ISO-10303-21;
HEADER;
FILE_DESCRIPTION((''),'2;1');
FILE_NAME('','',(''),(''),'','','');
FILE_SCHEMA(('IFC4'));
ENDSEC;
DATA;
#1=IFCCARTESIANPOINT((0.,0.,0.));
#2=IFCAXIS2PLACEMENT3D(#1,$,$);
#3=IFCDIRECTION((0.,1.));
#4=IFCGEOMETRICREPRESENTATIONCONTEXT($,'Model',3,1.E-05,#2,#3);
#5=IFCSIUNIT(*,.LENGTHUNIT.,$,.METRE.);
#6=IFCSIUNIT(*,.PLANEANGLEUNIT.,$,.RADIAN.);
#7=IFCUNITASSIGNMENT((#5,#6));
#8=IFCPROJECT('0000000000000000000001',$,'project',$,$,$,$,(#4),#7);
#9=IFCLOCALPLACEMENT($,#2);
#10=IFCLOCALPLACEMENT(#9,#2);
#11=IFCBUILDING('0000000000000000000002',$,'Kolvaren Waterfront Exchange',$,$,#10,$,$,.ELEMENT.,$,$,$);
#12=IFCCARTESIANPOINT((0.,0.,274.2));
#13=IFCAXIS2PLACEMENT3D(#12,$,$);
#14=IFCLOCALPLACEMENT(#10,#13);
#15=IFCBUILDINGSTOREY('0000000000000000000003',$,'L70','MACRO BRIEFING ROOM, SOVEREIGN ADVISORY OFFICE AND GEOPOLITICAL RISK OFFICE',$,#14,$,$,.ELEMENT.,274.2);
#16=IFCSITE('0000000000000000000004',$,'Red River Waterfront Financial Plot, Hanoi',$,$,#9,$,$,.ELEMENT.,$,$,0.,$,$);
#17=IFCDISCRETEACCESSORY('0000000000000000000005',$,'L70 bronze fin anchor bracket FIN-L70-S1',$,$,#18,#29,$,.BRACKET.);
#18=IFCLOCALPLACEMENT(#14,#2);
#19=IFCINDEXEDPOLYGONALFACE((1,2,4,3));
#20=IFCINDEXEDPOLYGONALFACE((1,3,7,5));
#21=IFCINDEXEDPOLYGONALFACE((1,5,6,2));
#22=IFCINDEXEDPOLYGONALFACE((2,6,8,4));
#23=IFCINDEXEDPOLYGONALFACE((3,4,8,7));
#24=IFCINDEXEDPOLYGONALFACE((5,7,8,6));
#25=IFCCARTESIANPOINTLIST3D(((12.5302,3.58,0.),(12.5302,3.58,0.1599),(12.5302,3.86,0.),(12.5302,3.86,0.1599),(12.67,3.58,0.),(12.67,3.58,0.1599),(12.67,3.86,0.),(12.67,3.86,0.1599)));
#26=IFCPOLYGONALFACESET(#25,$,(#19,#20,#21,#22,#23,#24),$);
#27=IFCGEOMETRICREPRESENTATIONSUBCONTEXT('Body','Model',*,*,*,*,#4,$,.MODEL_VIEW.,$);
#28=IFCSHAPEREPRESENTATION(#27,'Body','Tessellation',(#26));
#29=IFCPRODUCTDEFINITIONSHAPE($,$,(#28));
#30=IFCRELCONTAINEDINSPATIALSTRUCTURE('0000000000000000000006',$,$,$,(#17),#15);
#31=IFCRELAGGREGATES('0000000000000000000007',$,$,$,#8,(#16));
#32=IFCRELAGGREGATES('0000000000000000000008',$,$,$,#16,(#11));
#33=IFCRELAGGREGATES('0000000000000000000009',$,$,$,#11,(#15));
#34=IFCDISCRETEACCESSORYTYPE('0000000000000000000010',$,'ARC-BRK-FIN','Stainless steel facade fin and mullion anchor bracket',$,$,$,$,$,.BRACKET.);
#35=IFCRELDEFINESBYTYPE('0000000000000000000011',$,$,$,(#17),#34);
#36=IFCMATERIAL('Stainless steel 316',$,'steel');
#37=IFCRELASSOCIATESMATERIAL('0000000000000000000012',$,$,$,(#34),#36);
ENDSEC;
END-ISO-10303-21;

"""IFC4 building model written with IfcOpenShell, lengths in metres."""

from ifc_helpers import new_model, si_unit, direction, frame, origin, origin_with_axes, origin_2d, place, context, subcontext, project, spatial, rectangle, extrude, source, transform, mapped, material, type_object, element, save


model = new_model("IFC4")

# Units and contexts
model_context = context("Model", 3, precision=1e-05, world=origin(), true_north=direction((0.0, 1.0)))
body_context = subcontext(model_context, "Body", "Model", "MODEL_VIEW")
ifc_project = project(units=[si_unit("LENGTHUNIT", "METRE"), si_unit("PLANEANGLEUNIT", "RADIAN")], contexts=[model_context])

# Site, building, storey
site_placement = place(None, origin())
site = spatial("IfcSite", under=ifc_project, at=site_placement, Name="Red River Waterfront Financial Plot, Hanoi", CompositionType="ELEMENT", RefElevation=0.0)
building_placement = place(site_placement, origin())
building = spatial("IfcBuilding", under=site, at=building_placement, Name="Kolvaren Waterfront Exchange", CompositionType="ELEMENT")
storey_placement = place(building_placement, frame((0.0, 0.0, 274.2)))
storey = spatial("IfcBuildingStorey", under=building, at=storey_placement, Name="L70", Description="MACRO BRIEFING ROOM, SOVEREIGN ADVISORY OFFICE AND GEOPOLITICAL RISK OFFICE", CompositionType="ELEMENT", Elevation=274.2)

# Discrete accessory
ifc_material_1 = material(Name="Stainless steel 316", Category="steel")
discrete_accessory_type = type_object("IfcDiscreteAccessoryType", Name="ARC-BRK-FIN", Description="Stainless steel facade fin and mullion anchor bracket", PredefinedType="BRACKET", material=ifc_material_1)
shared_shape_1 = source(origin_with_axes(), body_context, "Body", "SweptSolid", [
    extrude(rectangle(XDim=0.28, YDim=0.1399, at=origin_2d()), origin(), (0.0, 0.0, 1.0), 0.1599),
])
discrete_accessory_placement = place(storey_placement, frame((12.6001, 3.72, 0.0), z_axis=(0.0, 0.0, 1.0), x_axis=(0.0, -1.0, 0.0)))
element("IfcDiscreteAccessory", 1, at=discrete_accessory_placement, inside=storey, type_object=discrete_accessory_type, Name="L70 bronze fin anchor bracket FIN-L70-S1", PredefinedType="BRACKET", context=body_context, shape_type="MappedRepresentation", body=[
    mapped(shared_shape_1, transform((0.0, 0.0, 0.0), x_axis=(1.0, 0.0, 0.0), y_axis=(0.0, 1.0, 0.0), z_axis=(0.0, 0.0, 1.0), scale=1.0)),
])

save(model, "model.ifc")
